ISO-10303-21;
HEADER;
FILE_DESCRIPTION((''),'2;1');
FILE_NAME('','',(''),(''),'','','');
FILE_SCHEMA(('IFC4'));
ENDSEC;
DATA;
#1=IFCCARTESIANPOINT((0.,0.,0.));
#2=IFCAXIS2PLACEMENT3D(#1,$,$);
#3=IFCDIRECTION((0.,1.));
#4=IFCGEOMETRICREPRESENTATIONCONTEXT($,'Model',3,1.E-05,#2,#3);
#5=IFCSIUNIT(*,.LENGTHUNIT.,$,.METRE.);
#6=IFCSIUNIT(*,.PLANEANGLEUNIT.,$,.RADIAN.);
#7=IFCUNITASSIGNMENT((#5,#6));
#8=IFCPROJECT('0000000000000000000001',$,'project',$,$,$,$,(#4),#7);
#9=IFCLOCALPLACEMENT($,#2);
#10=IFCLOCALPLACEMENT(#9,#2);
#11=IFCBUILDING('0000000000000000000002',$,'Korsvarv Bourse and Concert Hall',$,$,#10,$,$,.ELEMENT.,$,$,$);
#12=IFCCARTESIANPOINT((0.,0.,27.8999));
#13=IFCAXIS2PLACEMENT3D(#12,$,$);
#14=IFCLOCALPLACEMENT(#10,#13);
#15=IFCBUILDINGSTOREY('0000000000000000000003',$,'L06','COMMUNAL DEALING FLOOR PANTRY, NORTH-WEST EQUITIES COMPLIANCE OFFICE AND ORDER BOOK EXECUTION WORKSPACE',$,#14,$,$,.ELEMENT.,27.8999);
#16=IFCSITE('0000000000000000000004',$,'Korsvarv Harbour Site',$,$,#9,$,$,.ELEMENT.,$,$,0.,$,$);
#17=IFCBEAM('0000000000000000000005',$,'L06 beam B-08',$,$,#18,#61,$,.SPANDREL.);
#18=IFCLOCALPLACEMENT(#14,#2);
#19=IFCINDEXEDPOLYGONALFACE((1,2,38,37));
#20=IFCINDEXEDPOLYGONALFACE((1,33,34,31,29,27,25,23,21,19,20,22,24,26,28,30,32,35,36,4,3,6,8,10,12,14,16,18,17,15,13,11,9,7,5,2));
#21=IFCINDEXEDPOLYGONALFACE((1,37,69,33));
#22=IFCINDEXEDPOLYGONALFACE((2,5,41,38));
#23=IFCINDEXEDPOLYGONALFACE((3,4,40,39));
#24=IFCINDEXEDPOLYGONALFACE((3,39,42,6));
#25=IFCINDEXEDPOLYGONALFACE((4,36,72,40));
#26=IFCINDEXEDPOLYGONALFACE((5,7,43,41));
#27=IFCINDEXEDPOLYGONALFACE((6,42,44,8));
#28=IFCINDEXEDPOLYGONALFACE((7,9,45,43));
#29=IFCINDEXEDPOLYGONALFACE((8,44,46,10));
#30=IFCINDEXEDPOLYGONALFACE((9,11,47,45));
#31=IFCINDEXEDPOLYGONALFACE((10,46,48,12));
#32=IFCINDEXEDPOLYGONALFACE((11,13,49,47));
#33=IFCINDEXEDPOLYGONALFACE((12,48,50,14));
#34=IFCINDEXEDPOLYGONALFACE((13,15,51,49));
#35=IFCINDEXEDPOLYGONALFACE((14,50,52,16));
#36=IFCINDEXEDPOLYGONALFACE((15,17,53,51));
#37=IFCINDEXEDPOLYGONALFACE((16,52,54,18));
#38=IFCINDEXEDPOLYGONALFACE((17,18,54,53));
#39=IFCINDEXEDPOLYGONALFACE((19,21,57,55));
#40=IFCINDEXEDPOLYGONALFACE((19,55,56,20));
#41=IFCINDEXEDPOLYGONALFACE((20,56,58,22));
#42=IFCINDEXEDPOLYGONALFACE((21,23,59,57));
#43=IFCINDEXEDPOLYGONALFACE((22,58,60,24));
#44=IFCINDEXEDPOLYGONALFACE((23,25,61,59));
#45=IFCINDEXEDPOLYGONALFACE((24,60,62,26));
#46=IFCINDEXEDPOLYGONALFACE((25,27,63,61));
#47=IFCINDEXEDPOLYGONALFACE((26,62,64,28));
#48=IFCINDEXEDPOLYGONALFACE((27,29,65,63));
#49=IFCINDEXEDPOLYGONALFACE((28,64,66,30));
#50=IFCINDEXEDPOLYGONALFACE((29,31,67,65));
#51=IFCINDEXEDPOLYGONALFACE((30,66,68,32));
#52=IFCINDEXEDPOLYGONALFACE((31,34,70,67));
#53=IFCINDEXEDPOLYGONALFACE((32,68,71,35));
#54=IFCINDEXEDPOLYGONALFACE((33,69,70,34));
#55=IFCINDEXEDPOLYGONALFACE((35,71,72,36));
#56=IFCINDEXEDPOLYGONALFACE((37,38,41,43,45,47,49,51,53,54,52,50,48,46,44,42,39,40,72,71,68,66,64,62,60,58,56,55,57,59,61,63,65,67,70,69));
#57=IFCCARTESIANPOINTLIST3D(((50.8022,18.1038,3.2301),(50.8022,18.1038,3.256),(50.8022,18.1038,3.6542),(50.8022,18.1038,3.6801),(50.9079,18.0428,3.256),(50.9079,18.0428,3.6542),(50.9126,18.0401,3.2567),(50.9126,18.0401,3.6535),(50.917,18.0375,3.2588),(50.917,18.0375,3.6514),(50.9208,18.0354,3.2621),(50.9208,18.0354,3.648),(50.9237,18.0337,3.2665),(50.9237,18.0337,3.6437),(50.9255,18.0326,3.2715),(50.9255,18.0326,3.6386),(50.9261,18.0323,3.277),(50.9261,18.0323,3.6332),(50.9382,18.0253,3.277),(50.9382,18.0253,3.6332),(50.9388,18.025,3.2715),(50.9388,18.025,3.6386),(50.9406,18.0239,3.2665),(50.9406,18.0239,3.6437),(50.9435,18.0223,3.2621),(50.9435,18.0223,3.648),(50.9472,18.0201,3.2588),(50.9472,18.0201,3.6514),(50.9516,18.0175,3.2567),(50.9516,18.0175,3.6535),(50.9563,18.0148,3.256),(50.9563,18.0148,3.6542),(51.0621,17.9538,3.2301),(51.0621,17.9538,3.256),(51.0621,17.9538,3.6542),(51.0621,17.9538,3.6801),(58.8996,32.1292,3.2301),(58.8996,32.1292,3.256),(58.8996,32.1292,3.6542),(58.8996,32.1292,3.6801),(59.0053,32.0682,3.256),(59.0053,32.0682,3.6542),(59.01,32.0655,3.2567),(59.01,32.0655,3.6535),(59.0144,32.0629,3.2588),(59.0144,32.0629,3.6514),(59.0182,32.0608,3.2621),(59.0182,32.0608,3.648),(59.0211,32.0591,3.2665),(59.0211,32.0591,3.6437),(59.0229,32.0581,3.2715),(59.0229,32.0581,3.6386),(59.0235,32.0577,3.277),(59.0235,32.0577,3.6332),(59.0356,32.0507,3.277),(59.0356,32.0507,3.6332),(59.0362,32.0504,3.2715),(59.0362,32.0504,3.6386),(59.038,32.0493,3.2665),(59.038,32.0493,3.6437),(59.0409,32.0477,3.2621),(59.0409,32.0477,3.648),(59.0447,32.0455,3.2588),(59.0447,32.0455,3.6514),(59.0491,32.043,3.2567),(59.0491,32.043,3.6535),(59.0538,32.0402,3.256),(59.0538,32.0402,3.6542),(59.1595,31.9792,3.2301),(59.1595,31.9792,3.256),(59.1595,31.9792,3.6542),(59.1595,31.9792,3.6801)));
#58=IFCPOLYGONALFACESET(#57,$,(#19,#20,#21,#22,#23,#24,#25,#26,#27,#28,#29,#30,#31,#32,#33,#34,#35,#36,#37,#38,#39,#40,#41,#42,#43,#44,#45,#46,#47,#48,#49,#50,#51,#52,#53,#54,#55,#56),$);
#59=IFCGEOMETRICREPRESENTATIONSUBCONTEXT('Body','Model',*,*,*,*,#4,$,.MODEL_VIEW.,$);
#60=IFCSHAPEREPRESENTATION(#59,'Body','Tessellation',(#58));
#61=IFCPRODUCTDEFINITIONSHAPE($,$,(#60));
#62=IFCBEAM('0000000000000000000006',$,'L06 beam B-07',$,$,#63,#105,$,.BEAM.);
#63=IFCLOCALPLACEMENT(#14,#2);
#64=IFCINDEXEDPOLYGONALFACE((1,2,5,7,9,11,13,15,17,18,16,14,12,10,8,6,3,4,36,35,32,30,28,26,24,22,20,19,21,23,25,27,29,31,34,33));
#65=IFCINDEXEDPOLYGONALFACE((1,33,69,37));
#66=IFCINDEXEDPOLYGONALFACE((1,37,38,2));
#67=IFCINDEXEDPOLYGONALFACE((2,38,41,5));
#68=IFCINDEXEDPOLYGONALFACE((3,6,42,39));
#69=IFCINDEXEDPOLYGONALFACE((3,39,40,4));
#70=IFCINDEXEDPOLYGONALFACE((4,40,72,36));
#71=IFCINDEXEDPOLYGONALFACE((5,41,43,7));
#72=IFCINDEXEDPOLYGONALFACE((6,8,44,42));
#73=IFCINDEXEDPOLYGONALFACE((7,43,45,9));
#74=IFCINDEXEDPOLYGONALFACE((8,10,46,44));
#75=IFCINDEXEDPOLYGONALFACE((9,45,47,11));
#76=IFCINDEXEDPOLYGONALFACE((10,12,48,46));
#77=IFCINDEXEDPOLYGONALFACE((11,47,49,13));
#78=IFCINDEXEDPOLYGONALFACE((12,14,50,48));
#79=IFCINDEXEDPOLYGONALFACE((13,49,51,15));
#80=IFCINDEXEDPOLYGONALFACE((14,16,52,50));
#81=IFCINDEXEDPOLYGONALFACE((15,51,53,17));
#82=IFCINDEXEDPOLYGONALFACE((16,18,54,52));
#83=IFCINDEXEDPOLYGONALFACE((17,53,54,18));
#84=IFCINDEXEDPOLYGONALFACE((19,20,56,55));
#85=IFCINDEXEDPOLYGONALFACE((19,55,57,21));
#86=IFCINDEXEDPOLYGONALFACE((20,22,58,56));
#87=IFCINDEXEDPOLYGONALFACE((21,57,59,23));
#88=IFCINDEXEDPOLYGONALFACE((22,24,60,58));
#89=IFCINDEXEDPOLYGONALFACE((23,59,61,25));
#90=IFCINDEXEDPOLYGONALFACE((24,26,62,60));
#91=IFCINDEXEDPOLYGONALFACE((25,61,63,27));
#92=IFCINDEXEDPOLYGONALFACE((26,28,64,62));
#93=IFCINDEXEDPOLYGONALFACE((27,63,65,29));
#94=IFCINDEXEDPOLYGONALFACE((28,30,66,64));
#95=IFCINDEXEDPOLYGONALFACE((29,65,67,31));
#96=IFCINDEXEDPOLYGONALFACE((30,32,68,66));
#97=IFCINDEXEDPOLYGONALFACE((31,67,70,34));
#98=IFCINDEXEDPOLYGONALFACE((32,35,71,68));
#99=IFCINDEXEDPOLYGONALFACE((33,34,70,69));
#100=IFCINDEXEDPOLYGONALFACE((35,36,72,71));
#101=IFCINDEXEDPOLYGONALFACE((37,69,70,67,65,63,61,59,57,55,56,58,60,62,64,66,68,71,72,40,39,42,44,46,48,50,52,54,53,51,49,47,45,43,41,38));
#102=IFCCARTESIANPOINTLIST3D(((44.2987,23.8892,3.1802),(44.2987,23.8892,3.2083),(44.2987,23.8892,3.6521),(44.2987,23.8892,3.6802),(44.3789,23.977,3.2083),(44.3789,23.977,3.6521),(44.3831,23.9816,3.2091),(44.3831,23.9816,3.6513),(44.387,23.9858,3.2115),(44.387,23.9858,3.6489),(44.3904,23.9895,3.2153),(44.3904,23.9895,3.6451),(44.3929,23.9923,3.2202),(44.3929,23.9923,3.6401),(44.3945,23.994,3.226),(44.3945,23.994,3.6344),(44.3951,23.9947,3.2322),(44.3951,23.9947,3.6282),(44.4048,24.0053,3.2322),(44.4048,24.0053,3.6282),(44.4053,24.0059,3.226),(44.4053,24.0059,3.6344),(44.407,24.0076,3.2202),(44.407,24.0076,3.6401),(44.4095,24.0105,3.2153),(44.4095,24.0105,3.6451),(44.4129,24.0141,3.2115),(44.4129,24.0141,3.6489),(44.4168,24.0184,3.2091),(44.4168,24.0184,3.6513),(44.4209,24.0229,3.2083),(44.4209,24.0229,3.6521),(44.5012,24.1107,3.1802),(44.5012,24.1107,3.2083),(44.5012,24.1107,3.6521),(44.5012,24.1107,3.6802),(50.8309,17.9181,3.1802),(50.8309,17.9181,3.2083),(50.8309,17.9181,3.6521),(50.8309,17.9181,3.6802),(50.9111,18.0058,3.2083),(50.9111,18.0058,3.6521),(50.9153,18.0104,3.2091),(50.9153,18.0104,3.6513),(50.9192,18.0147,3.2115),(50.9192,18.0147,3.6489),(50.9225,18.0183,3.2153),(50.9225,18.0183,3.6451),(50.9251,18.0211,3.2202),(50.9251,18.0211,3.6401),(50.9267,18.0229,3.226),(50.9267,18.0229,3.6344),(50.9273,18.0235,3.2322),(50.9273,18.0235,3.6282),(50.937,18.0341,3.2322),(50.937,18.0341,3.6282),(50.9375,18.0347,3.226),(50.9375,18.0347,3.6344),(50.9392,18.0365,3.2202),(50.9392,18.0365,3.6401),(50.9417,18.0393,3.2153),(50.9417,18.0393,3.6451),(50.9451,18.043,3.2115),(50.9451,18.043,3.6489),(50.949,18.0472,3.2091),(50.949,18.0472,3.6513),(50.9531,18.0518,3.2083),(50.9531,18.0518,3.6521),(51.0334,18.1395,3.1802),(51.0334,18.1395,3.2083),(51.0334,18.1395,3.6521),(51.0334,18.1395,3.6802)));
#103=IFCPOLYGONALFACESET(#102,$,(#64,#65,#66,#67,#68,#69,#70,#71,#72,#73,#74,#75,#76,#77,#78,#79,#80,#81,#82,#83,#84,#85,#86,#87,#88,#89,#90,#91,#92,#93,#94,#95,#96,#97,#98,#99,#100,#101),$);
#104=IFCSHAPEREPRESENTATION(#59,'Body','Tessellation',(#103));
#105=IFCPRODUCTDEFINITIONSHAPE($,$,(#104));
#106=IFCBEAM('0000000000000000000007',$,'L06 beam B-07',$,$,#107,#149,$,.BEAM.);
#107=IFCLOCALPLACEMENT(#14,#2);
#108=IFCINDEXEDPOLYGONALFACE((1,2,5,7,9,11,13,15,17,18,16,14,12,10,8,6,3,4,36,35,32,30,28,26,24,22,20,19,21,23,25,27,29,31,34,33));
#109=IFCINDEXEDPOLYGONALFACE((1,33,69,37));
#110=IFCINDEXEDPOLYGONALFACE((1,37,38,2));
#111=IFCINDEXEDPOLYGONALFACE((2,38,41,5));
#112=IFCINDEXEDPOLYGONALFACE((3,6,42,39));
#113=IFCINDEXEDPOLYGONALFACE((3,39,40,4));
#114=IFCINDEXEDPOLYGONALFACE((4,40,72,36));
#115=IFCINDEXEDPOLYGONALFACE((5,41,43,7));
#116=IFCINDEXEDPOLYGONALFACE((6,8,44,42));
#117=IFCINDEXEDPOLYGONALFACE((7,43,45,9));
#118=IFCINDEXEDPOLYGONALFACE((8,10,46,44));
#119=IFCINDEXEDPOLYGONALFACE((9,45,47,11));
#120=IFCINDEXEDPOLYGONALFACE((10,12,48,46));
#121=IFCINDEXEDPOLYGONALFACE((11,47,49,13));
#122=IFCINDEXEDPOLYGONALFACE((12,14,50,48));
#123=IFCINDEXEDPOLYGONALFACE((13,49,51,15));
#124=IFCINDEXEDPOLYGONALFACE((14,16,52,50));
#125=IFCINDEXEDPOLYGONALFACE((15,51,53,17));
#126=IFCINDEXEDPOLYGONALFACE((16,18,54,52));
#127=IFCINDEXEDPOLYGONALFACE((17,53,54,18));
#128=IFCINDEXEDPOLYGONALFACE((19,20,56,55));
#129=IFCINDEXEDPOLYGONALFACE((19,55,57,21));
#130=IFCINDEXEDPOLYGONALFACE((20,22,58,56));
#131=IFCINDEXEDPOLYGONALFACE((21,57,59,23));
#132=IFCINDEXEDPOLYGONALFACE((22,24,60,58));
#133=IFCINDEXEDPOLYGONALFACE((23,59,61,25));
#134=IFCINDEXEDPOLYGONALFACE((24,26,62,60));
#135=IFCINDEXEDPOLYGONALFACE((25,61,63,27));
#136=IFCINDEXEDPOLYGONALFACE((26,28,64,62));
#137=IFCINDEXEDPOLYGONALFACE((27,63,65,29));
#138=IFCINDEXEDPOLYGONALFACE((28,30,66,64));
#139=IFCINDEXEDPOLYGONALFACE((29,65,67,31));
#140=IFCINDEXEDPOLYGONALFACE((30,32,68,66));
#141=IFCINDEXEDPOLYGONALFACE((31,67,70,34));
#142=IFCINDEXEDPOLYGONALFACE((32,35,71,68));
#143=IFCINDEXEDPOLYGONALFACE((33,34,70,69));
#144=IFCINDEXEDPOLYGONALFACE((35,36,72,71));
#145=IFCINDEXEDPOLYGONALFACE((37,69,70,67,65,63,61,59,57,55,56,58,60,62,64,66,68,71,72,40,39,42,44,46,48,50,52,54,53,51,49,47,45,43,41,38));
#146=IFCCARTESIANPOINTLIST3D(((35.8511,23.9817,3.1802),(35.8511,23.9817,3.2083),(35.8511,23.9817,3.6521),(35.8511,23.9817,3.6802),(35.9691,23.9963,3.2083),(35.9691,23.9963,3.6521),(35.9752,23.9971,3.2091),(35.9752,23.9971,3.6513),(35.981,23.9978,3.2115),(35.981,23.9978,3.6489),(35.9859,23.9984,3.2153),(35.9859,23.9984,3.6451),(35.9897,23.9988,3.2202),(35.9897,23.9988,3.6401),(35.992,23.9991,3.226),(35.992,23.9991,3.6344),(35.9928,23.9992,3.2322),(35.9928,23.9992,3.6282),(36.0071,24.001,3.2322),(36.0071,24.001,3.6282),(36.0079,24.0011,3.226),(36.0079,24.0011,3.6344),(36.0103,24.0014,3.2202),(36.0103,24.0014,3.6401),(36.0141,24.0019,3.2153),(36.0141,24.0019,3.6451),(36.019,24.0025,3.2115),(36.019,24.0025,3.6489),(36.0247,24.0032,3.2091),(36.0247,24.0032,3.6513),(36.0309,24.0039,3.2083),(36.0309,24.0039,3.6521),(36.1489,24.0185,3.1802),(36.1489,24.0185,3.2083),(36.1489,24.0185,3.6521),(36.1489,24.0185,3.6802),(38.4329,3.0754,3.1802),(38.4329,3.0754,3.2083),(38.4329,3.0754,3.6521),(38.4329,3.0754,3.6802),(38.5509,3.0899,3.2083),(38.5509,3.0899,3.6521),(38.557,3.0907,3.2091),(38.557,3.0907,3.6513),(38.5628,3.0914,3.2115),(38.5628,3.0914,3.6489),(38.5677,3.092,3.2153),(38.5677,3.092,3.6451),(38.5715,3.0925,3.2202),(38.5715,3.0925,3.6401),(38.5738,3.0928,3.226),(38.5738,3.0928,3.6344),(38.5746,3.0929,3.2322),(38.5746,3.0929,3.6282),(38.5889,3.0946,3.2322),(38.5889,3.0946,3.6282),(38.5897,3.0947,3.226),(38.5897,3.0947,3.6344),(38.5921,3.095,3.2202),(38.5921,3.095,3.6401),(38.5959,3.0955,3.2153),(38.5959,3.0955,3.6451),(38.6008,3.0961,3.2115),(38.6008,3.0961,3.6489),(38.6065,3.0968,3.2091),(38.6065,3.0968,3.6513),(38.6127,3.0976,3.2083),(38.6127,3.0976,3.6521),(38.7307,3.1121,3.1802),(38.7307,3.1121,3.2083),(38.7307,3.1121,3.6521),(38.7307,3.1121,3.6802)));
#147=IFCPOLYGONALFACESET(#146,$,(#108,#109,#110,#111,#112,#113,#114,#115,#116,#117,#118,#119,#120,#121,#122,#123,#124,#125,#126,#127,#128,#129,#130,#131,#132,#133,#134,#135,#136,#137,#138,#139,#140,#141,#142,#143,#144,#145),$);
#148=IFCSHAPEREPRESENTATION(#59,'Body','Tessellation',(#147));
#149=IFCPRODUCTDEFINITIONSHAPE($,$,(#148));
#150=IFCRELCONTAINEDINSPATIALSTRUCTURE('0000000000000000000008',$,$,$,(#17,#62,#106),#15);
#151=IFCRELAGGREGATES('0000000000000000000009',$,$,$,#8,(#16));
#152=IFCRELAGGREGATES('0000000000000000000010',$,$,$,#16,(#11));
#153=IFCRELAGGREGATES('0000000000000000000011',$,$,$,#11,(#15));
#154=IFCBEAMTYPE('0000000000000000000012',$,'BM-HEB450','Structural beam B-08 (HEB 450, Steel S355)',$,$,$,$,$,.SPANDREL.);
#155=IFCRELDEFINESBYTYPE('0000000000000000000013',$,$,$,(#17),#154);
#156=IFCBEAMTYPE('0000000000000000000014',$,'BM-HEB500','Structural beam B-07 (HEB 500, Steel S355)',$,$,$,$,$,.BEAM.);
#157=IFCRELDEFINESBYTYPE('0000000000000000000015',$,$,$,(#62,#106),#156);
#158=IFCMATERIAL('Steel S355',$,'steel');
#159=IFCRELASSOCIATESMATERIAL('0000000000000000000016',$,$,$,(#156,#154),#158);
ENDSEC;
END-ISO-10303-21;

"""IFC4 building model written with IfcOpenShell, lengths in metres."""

from ifc_helpers import new_model, si_unit, direction, frame, origin, origin_2d, place, context, subcontext, project, spatial, i_section, extrude, source, transform, mapped, material, material_profile, profile_set, type_object, element, save


model = new_model("IFC4")

# Units and contexts
model_context = context("Model", 3, precision=1e-05, world=origin(), true_north=direction((0.0, 1.0)))
body_context = subcontext(model_context, "Body", "Model", "MODEL_VIEW")
ifc_project = project(units=[si_unit("LENGTHUNIT", "METRE"), si_unit("PLANEANGLEUNIT", "RADIAN")], contexts=[model_context])

# Site, building, storey
site_placement = place(None, origin())
site = spatial("IfcSite", under=ifc_project, at=site_placement, Name="Korsvarv Harbour Site", CompositionType="ELEMENT", RefElevation=0.0)
building_placement = place(site_placement, origin())
building = spatial("IfcBuilding", under=site, at=building_placement, Name="Korsvarv Bourse and Concert Hall", CompositionType="ELEMENT")
storey_placement = place(building_placement, frame((0.0, 0.0, 27.8999)))
storey = spatial("IfcBuildingStorey", under=building, at=storey_placement, Name="L06", Description="COMMUNAL DEALING FLOOR PANTRY, NORTH-WEST EQUITIES COMPLIANCE OFFICE AND ORDER BOOK EXECUTION WORKSPACE", CompositionType="ELEMENT", Elevation=27.8999)

# Beams
ifc_material_1 = material(Name="Steel S355", Category="steel")
ifc_material_profile_1 = material_profile(ifc_material_1, i_section(OverallWidth=0.3, OverallDepth=0.5, WebThickness=0.0144, FlangeThickness=0.0281, FilletRadius=0.0239, at=origin_2d()), Name="HEB 500")
ifc_profile_set_1 = profile_set([ifc_material_profile_1], Name="Steel S355")
beam_type_1 = type_object("IfcBeamType", Name="BM-HEB500", Description="Structural beam B-07 (HEB 500, Steel S355)", PredefinedType="BEAM", material=ifc_profile_set_1)
ifc_material_profile_2 = material_profile(ifc_material_1, i_section(OverallWidth=0.3, OverallDepth=0.45, WebThickness=0.0139, FlangeThickness=0.0259, FilletRadius=0.021, at=origin_2d()), Name="HEB 450")
ifc_profile_set_2 = profile_set([ifc_material_profile_2], Name="Steel S355")
beam_type_2 = type_object("IfcBeamType", Name="BM-HEB450", Description="Structural beam B-08 (HEB 450, Steel S355)", PredefinedType="SPANDREL", material=ifc_profile_set_2)
shared_shape_1 = source(origin(), body_context, "Body", "SweptSolid", [
    extrude(i_section(OverallWidth=0.3, OverallDepth=0.45, WebThickness=0.0139, FlangeThickness=0.0259, FilletRadius=0.021, at=origin_2d()), origin(), (0.0, 0.0, 1.0), 16.1951),
])
beam_1_placement = place(storey_placement, frame((50.9321, 18.0288, 3.4551), z_axis=(0.499993, 0.866029, 0.0), x_axis=(-0.866029, 0.499993, 0.0)))
element("IfcBeam", 1, at=beam_1_placement, inside=storey, type_object=beam_type_2, Name="L06 beam B-08", PredefinedType="SPANDREL", context=body_context, shape_type="MappedRepresentation", body=[
    mapped(shared_shape_1, transform((0.0, 0.0, 0.0), scale=1.0)),
])
shared_shape_2 = source(origin(), body_context, "Body", "SweptSolid", [
    extrude(i_section(OverallWidth=0.3, OverallDepth=0.5, WebThickness=0.0144, FlangeThickness=0.0281, FilletRadius=0.0239, at=origin_2d()), origin(), (0.0, 0.0, 1.0), 8.8501),
])
beam_2_placement = place(storey_placement, frame((50.9321, 18.0288, 3.4302), z_axis=(-0.738092, 0.6747, 0.0), x_axis=(-0.6747, -0.738092, 0.0)))
element("IfcBeam", 2, at=beam_2_placement, inside=storey, type_object=beam_type_1, Name="L06 beam B-07", PredefinedType="BEAM", context=body_context, shape_type="MappedRepresentation", body=[
    mapped(shared_shape_2, transform((0.0, 0.0, 0.0), scale=1.0)),
])
shared_shape_3 = source(origin(), body_context, "Body", "SweptSolid", [
    extrude(i_section(OverallWidth=0.3, OverallDepth=0.5, WebThickness=0.0144, FlangeThickness=0.0281, FilletRadius=0.0239, at=origin_2d()), origin(), (0.0, 0.0, 1.0), 21.0652),
])
beam_3_placement = place(storey_placement, frame((38.5818, 3.0938, 3.4302), z_axis=(-0.122563, 0.992461, 0.0), x_axis=(-0.992461, -0.122563, 0.0)))
element("IfcBeam", 3, at=beam_3_placement, inside=storey, type_object=beam_type_1, Name="L06 beam B-07", PredefinedType="BEAM", context=body_context, shape_type="MappedRepresentation", body=[
    mapped(shared_shape_3, transform((0.0, 0.0, 0.0), scale=1.0)),
])

save(model, "model.ifc")
